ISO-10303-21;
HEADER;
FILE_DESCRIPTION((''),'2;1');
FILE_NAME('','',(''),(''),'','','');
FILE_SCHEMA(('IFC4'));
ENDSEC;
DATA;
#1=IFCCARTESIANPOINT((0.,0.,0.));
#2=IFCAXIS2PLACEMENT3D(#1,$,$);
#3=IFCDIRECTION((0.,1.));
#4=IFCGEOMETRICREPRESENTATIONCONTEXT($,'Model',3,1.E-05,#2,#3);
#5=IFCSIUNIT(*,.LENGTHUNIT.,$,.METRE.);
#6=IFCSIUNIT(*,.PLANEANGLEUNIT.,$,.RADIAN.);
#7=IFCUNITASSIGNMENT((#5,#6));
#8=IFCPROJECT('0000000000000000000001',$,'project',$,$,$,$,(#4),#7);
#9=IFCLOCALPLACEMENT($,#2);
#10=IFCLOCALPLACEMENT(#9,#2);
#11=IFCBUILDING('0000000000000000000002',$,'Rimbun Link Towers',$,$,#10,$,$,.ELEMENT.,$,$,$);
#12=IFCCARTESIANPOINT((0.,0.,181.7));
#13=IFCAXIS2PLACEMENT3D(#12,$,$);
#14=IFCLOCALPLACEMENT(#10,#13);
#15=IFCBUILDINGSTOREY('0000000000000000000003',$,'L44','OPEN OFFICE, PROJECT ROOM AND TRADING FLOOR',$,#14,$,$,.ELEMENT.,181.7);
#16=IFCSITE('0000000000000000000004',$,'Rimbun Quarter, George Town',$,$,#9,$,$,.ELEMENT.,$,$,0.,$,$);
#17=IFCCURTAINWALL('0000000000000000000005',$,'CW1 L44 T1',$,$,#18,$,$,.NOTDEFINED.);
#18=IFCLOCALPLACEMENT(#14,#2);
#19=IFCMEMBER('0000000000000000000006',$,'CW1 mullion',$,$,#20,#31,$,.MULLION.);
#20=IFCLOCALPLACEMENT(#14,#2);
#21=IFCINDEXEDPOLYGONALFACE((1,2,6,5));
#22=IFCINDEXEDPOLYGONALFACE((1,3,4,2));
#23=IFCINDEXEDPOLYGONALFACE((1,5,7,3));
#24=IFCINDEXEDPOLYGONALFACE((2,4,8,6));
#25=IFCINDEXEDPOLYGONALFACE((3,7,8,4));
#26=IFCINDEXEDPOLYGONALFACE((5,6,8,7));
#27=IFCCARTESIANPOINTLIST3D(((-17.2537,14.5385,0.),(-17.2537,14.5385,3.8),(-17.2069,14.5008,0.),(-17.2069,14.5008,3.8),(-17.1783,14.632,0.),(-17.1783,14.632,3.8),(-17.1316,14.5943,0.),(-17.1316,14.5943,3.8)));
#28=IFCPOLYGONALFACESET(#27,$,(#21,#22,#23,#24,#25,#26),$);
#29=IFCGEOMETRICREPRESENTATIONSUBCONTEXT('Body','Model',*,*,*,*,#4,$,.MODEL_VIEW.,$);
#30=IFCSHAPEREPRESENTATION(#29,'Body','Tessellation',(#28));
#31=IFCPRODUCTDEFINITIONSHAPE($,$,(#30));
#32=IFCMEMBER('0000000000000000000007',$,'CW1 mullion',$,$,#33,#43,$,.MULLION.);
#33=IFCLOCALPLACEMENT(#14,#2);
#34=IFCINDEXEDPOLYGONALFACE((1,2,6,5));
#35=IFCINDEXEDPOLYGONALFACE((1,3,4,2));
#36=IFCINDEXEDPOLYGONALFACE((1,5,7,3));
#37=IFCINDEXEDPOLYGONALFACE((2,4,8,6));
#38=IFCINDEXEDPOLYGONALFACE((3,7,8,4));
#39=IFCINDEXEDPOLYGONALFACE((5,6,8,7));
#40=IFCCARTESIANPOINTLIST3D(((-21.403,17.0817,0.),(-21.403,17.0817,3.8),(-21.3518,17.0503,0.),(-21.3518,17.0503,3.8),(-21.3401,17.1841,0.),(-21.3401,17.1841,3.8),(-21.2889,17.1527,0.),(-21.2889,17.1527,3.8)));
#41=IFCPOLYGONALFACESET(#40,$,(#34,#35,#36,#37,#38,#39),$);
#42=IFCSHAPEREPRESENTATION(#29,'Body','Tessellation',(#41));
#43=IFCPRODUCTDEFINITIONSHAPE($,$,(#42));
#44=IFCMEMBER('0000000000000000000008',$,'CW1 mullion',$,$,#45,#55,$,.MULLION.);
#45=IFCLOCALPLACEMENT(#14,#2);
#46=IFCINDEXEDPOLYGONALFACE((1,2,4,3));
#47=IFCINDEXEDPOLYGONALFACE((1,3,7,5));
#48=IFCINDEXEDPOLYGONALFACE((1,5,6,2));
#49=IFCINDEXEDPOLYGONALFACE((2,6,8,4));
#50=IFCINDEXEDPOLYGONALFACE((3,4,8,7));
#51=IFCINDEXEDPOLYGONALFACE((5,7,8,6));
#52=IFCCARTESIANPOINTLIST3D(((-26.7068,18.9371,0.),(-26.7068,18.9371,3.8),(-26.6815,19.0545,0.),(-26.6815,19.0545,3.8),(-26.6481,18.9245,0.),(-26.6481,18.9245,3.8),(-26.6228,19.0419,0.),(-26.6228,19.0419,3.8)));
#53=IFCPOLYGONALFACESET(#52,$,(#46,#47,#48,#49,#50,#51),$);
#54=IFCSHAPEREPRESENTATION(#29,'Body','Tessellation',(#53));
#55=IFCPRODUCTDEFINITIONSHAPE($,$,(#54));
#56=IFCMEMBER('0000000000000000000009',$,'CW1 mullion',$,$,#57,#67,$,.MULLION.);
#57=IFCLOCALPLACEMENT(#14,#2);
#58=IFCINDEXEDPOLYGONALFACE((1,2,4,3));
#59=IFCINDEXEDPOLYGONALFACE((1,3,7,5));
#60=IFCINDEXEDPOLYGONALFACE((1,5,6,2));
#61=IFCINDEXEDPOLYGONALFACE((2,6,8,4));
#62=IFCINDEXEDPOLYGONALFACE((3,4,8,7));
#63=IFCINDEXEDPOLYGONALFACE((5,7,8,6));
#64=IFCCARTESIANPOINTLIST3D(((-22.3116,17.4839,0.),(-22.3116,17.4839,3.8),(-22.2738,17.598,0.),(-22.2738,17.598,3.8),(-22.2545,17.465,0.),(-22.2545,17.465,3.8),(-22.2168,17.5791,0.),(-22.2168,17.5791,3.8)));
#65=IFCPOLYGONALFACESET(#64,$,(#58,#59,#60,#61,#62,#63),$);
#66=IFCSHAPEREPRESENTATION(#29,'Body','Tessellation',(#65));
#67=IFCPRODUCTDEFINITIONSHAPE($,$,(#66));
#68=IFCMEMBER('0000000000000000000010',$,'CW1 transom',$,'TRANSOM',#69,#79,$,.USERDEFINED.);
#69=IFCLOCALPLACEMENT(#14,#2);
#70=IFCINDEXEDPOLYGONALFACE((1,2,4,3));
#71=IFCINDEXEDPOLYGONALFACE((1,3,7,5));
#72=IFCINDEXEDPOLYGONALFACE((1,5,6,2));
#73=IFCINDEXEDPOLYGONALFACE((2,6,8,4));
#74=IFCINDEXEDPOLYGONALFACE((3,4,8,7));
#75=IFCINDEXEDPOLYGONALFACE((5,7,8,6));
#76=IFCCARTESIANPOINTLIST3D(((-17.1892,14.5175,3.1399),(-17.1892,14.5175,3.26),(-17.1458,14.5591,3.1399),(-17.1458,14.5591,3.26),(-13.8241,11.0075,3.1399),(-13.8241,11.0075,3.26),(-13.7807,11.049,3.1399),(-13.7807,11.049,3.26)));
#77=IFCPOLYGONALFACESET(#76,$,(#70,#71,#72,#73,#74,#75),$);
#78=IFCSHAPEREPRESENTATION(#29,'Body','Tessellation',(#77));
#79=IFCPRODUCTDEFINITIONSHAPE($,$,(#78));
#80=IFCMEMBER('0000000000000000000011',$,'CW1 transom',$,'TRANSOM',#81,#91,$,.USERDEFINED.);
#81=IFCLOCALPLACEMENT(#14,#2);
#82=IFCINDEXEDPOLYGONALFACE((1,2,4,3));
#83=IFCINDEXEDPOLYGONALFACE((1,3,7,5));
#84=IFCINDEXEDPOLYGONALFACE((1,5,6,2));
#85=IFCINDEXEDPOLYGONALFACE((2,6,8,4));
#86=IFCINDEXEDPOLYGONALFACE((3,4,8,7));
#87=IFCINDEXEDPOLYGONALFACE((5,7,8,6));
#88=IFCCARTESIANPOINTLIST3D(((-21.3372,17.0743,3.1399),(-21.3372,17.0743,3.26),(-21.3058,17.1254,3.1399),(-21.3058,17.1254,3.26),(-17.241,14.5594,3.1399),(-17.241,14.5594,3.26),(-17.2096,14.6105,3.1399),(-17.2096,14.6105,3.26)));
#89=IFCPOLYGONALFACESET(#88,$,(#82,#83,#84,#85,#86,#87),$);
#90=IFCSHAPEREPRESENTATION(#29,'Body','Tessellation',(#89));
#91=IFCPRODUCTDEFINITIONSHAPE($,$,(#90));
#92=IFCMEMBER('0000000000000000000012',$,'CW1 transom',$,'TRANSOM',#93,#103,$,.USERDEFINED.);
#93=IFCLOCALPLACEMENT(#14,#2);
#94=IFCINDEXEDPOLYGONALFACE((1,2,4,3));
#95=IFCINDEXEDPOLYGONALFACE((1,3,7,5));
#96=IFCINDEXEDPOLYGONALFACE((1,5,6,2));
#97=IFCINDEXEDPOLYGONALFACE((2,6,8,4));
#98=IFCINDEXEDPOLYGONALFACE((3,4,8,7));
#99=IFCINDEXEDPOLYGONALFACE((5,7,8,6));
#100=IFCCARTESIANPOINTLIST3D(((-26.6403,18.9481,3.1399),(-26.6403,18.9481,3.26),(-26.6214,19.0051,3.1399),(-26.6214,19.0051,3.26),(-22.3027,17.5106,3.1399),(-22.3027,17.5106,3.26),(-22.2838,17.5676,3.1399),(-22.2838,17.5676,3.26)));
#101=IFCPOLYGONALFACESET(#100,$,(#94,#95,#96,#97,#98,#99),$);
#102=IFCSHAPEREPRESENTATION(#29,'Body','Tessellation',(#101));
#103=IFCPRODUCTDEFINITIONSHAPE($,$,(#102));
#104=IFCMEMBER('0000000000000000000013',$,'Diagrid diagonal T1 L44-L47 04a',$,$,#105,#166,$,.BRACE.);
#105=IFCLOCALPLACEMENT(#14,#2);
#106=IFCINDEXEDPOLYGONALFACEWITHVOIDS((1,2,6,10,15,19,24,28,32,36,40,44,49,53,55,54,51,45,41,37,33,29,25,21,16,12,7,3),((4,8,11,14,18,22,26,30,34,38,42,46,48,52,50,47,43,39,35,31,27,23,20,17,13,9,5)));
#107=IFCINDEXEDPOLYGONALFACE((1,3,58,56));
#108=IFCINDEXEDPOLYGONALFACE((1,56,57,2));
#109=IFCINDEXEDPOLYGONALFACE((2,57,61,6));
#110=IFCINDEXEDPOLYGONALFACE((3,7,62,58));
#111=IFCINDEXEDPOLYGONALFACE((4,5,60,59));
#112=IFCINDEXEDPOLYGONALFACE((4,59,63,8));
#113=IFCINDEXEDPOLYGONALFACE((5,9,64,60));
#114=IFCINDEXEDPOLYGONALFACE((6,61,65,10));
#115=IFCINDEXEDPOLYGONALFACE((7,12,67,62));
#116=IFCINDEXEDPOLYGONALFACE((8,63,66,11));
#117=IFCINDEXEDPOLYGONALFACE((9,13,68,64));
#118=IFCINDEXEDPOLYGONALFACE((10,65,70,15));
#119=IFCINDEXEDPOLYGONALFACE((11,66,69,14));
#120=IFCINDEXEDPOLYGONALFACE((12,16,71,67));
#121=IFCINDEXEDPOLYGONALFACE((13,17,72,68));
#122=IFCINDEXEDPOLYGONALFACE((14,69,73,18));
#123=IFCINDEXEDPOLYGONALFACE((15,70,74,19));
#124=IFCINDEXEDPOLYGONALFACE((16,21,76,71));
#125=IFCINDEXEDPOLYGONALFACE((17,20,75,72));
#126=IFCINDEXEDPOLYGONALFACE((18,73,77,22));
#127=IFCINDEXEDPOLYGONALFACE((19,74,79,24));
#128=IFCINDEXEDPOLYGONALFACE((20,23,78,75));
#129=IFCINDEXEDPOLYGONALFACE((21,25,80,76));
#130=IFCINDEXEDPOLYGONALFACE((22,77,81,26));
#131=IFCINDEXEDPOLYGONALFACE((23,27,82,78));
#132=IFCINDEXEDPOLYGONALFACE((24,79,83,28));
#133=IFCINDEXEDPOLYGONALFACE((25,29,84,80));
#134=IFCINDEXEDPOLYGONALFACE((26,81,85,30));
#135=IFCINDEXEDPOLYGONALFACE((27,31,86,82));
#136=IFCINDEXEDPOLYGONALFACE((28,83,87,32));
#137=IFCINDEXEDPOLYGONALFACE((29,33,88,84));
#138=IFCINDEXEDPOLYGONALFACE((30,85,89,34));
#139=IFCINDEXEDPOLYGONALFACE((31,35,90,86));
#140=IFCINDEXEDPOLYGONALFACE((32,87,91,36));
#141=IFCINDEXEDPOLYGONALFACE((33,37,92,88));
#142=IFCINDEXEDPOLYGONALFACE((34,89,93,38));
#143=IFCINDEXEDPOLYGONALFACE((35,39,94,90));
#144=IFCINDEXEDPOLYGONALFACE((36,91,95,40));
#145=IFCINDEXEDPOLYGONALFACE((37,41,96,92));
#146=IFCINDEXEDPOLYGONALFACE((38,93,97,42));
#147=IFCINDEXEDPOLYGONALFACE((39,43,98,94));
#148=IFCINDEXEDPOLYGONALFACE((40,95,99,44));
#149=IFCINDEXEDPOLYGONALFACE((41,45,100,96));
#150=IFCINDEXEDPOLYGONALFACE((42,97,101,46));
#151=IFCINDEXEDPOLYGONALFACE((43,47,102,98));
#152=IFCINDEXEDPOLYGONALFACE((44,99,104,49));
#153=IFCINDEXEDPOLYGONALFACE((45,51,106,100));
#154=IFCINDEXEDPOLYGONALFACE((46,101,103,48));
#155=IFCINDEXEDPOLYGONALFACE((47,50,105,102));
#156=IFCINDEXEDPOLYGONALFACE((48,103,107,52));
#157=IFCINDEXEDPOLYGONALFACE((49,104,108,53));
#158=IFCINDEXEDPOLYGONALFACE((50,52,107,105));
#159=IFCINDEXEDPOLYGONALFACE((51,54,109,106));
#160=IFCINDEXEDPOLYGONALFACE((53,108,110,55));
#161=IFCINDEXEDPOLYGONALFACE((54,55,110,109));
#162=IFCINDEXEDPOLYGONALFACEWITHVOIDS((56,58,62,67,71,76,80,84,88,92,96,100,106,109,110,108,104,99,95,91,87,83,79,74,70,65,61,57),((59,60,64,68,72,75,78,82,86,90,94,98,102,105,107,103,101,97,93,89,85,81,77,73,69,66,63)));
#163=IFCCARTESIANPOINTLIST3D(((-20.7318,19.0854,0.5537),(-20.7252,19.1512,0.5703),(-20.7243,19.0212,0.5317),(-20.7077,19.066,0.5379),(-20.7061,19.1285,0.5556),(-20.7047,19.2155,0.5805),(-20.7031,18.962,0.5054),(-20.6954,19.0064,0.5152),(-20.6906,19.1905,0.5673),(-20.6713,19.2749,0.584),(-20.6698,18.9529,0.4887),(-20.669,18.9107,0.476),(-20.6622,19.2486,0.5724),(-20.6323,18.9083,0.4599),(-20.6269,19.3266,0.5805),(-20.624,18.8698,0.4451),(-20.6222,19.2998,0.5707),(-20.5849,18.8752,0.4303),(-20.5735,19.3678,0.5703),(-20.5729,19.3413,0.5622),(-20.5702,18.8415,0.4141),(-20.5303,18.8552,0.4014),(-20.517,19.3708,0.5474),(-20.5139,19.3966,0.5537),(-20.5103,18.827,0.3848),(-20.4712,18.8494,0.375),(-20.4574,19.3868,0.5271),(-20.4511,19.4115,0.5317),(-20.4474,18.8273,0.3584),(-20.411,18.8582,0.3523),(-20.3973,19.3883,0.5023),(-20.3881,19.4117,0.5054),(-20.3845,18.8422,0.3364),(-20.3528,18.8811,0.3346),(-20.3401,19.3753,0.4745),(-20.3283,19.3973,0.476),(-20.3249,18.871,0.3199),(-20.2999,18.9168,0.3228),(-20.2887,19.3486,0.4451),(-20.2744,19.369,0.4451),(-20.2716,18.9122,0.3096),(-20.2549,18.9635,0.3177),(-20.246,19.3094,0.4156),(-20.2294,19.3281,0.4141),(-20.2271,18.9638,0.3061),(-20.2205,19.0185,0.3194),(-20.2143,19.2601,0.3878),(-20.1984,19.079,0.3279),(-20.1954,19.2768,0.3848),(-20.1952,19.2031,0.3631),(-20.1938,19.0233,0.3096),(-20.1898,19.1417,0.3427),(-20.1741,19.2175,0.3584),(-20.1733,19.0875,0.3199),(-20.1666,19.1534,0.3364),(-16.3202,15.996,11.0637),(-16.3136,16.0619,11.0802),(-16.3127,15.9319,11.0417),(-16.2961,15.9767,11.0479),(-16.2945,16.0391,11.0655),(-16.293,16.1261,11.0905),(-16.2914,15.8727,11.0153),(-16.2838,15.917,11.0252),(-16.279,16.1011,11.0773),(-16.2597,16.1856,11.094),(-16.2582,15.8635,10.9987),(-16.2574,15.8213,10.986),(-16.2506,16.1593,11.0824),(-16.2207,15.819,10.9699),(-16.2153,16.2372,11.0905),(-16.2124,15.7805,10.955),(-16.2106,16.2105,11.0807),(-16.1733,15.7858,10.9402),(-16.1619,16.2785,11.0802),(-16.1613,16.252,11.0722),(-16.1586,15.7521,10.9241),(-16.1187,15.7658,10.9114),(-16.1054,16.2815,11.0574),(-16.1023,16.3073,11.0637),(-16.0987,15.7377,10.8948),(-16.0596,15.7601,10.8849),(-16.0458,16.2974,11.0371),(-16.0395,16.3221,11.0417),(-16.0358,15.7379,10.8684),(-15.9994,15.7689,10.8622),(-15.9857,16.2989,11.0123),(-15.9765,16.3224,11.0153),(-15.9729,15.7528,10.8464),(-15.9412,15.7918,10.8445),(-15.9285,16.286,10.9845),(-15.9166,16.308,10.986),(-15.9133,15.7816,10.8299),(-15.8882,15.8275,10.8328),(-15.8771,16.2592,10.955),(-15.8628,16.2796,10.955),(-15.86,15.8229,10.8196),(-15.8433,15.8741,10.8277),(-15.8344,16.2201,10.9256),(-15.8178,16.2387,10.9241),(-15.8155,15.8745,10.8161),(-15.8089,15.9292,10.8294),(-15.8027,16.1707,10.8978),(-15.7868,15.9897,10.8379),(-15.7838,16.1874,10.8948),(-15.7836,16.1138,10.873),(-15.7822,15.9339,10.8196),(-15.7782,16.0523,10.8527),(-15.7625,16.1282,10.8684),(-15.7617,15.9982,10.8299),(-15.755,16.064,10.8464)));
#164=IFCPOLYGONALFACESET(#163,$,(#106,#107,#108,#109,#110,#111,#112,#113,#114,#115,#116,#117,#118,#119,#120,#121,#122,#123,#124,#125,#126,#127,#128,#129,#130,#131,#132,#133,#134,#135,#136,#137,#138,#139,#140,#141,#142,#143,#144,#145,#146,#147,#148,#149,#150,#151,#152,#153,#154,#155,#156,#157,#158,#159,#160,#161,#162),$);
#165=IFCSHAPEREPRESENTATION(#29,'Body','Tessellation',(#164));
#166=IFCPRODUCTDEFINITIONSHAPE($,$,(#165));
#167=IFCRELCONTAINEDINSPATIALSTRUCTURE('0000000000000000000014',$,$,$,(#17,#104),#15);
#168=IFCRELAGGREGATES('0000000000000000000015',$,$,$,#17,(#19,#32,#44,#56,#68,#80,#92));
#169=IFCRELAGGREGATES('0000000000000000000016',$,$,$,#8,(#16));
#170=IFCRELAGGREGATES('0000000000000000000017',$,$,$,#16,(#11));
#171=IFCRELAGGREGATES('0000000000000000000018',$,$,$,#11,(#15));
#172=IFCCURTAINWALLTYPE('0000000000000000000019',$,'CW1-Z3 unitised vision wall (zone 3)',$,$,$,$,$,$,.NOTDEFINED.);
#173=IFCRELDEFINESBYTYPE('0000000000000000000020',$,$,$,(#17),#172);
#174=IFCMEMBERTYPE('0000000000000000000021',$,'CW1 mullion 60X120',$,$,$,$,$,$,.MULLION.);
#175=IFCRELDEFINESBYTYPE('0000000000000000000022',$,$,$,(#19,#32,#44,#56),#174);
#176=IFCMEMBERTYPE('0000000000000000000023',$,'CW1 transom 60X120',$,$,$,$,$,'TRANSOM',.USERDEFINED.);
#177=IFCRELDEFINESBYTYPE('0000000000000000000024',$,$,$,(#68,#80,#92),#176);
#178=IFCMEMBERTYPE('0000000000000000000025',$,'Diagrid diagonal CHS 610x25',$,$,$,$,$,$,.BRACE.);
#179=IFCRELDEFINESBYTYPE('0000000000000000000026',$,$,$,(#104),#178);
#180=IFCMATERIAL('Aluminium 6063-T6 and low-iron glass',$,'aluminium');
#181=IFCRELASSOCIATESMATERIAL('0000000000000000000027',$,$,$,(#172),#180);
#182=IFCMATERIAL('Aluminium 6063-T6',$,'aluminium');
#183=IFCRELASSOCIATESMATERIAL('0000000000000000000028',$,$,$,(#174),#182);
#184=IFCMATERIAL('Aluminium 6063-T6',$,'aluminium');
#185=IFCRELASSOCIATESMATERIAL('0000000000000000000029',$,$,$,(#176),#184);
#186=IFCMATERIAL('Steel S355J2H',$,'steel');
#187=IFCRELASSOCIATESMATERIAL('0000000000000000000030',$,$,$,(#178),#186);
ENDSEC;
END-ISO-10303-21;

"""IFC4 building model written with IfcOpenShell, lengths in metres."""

from ifc_helpers import new_model, si_unit, direction, frame, origin, origin_2d, place, context, subcontext, project, spatial, rectangle, hollow_circle, extrude, material, material_profile, profile_set, type_object, element, aggregate, save


model = new_model("IFC4")

# Units and contexts
model_context = context("Model", 3, precision=1e-05, world=origin(), true_north=direction((0.0, 1.0)))
body_context = subcontext(model_context, "Body", "Model", "MODEL_VIEW")
ifc_project = project(units=[si_unit("LENGTHUNIT", "METRE"), si_unit("PLANEANGLEUNIT", "RADIAN")], contexts=[model_context])

# Site, building, storey
site_placement = place(None, origin())
site = spatial("IfcSite", under=ifc_project, at=site_placement, Name="Rimbun Quarter, George Town", CompositionType="ELEMENT", RefElevation=0.0)
building_placement = place(site_placement, origin())
building = spatial("IfcBuilding", under=site, at=building_placement, Name="Rimbun Link Towers", CompositionType="ELEMENT")
storey_placement = place(building_placement, frame((0.0, 0.0, 181.7)))
storey = spatial("IfcBuildingStorey", under=building, at=storey_placement, Name="L44", Description="OPEN OFFICE, PROJECT ROOM AND TRADING FLOOR", CompositionType="ELEMENT", Elevation=181.7)

# Curtain wall, members
ifc_material_1 = material(Name="Aluminium 6063-T6 and low-iron glass", Category="aluminium")
curtain_wall_type = type_object("IfcCurtainWallType", Name="CW1-Z3 unitised vision wall (zone 3)", PredefinedType="NOTDEFINED", material=ifc_material_1)
curtain_wall_placement = place(storey_placement, origin())
curtain_wall = element("IfcCurtainWall", 1, at=curtain_wall_placement, inside=storey, type_object=curtain_wall_type, Name="CW1 L44 T1", PredefinedType="NOTDEFINED")
ifc_material_2 = material(Name="Aluminium 6063-T6", Category="aluminium")
ifc_material_profile_1 = material_profile(ifc_material_2, rectangle(XDim=0.1201, YDim=0.0601, at=origin_2d()), Name="MULLION 60X120")
ifc_profile_set_1 = profile_set([ifc_material_profile_1], Name="Aluminium 6063-T6")
member_type_1 = type_object("IfcMemberType", Name="CW1 mullion 60X120", PredefinedType="MULLION", material=ifc_profile_set_1)
member_1_placement = place(storey_placement, frame((-17.1926, 14.5664, 0.0), z_axis=(0.0, 0.0, 1.0), x_axis=(0.627666, 0.778483, 0.0)))
member_1 = element("IfcMember", 2, at=member_1_placement, type_object=member_type_1, Name="CW1 mullion", PredefinedType="MULLION", context=body_context, shape_type="SweptSolid", body=[
    extrude(rectangle(XDim=0.1201, YDim=0.0601, at=origin_2d()), origin(), (0.0, 0.0, 1.0), 3.8),
])
member_2_placement = place(storey_placement, frame((-21.3459, 17.1172, 0.0), z_axis=(0.0, 0.0, 1.0), x_axis=(0.523235, 0.852189, 0.0)))
member_2 = element("IfcMember", 3, at=member_2_placement, type_object=member_type_1, Name="CW1 mullion", PredefinedType="MULLION", context=body_context, shape_type="SweptSolid", body=[
    extrude(rectangle(XDim=0.1201, YDim=0.0601, at=origin_2d()), origin(), (0.0, 0.0, 1.0), 3.8),
])
member_3_placement = place(storey_placement, frame((-26.6648, 18.9895, 0.0), z_axis=(0.0, 0.0, 1.0), x_axis=(0.210877, 0.977513, 0.0)))
member_3 = element("IfcMember", 4, at=member_3_placement, type_object=member_type_1, Name="CW1 mullion", PredefinedType="MULLION", context=body_context, shape_type="SweptSolid", body=[
    extrude(rectangle(XDim=0.1201, YDim=0.0601, at=origin_2d()), origin(), (0.0, 0.0, 1.0), 3.8),
])
member_4_placement = place(storey_placement, frame((-22.2642, 17.5315, 0.0), z_axis=(0.0, 0.0, 1.0), x_axis=(0.314565, 0.949236, 0.0)))
member_4 = element("IfcMember", 5, at=member_4_placement, type_object=member_type_1, Name="CW1 mullion", PredefinedType="MULLION", context=body_context, shape_type="SweptSolid", body=[
    extrude(rectangle(XDim=0.1201, YDim=0.0601, at=origin_2d()), origin(), (0.0, 0.0, 1.0), 3.8),
])
ifc_material_3 = material(Name="Aluminium 6063-T6", Category="aluminium")
ifc_material_profile_2 = material_profile(ifc_material_3, rectangle(XDim=0.0601, YDim=0.1201, at=origin_2d()), Name="TRANSOM 60X120")
ifc_profile_set_2 = profile_set([ifc_material_profile_2], Name="Aluminium 6063-T6")
member_type_2 = type_object("IfcMemberType", Name="CW1 transom 60X120", ElementType="TRANSOM", PredefinedType="USERDEFINED", material=ifc_profile_set_2)
member_5_placement = place(storey_placement, frame((-17.1675, 14.5383, 3.2), z_axis=(0.692037, -0.721862, 0.0), x_axis=(0.721862, 0.692037, 0.0)))
member_5 = element("IfcMember", 6, at=member_5_placement, type_object=member_type_2, Name="CW1 transom", ObjectType="TRANSOM", PredefinedType="USERDEFINED", context=body_context, shape_type="SweptSolid", body=[
    extrude(rectangle(XDim=0.0601, YDim=0.1201, at=origin_2d()), origin(), (0.0, 0.0, 1.0), 4.8625),
])
member_6_placement = place(storey_placement, frame((-21.3215, 17.0999, 3.2), z_axis=(0.8522, -0.523216, 0.0), x_axis=(0.523216, 0.8522, 0.0)))
member_6 = element("IfcMember", 7, at=member_6_placement, type_object=member_type_2, Name="CW1 transom", ObjectType="TRANSOM", PredefinedType="USERDEFINED", context=body_context, shape_type="SweptSolid", body=[
    extrude(rectangle(XDim=0.0601, YDim=0.1201, at=origin_2d()), origin(), (0.0, 0.0, 1.0), 4.8066),
])
member_7_placement = place(storey_placement, frame((-26.6309, 18.9766, 3.2), z_axis=(0.949232, -0.314576, 0.0), x_axis=(0.314576, 0.949232, 0.0)))
member_7 = element("IfcMember", 8, at=member_7_placement, type_object=member_type_2, Name="CW1 transom", ObjectType="TRANSOM", PredefinedType="USERDEFINED", context=body_context, shape_type="SweptSolid", body=[
    extrude(rectangle(XDim=0.0601, YDim=0.1201, at=origin_2d()), origin(), (0.0, 0.0, 1.0), 4.5696),
])

# Member
ifc_material_4 = material(Name="Steel S355J2H", Category="steel")
ifc_material_profile_3 = material_profile(ifc_material_4, hollow_circle(Radius=0.3047, WallThickness=0.0249, at=origin_2d()), Name="Diagrid diagonal CHS 610x25")
ifc_profile_set_3 = profile_set([ifc_material_profile_3], Name="Steel S355J2H")
member_type_3 = type_object("IfcMemberType", Name="Diagrid diagonal CHS 610x25", PredefinedType="BRACE", material=ifc_profile_set_3)
member_8_placement = place(storey_placement, frame((-20.4492, 19.1194, 0.4451), z_axis=(0.373562, -0.261597, 0.889954), x_axis=(0.573614, 0.819125, 0.0)))
element("IfcMember", 9, at=member_8_placement, inside=storey, type_object=member_type_3, Name="Diagrid diagonal T1 L44-L47 04a", PredefinedType="BRACE", context=body_context, shape_type="SweptSolid", body=[
    extrude(hollow_circle(Radius=0.3047, WallThickness=0.0249, at=origin_2d()), origin(), (0.0, 0.0, 1.0), 11.8096),
])

aggregate(curtain_wall, [member_1, member_2, member_3, member_4, member_5, member_6, member_7])

save(model, "model.ifc")
